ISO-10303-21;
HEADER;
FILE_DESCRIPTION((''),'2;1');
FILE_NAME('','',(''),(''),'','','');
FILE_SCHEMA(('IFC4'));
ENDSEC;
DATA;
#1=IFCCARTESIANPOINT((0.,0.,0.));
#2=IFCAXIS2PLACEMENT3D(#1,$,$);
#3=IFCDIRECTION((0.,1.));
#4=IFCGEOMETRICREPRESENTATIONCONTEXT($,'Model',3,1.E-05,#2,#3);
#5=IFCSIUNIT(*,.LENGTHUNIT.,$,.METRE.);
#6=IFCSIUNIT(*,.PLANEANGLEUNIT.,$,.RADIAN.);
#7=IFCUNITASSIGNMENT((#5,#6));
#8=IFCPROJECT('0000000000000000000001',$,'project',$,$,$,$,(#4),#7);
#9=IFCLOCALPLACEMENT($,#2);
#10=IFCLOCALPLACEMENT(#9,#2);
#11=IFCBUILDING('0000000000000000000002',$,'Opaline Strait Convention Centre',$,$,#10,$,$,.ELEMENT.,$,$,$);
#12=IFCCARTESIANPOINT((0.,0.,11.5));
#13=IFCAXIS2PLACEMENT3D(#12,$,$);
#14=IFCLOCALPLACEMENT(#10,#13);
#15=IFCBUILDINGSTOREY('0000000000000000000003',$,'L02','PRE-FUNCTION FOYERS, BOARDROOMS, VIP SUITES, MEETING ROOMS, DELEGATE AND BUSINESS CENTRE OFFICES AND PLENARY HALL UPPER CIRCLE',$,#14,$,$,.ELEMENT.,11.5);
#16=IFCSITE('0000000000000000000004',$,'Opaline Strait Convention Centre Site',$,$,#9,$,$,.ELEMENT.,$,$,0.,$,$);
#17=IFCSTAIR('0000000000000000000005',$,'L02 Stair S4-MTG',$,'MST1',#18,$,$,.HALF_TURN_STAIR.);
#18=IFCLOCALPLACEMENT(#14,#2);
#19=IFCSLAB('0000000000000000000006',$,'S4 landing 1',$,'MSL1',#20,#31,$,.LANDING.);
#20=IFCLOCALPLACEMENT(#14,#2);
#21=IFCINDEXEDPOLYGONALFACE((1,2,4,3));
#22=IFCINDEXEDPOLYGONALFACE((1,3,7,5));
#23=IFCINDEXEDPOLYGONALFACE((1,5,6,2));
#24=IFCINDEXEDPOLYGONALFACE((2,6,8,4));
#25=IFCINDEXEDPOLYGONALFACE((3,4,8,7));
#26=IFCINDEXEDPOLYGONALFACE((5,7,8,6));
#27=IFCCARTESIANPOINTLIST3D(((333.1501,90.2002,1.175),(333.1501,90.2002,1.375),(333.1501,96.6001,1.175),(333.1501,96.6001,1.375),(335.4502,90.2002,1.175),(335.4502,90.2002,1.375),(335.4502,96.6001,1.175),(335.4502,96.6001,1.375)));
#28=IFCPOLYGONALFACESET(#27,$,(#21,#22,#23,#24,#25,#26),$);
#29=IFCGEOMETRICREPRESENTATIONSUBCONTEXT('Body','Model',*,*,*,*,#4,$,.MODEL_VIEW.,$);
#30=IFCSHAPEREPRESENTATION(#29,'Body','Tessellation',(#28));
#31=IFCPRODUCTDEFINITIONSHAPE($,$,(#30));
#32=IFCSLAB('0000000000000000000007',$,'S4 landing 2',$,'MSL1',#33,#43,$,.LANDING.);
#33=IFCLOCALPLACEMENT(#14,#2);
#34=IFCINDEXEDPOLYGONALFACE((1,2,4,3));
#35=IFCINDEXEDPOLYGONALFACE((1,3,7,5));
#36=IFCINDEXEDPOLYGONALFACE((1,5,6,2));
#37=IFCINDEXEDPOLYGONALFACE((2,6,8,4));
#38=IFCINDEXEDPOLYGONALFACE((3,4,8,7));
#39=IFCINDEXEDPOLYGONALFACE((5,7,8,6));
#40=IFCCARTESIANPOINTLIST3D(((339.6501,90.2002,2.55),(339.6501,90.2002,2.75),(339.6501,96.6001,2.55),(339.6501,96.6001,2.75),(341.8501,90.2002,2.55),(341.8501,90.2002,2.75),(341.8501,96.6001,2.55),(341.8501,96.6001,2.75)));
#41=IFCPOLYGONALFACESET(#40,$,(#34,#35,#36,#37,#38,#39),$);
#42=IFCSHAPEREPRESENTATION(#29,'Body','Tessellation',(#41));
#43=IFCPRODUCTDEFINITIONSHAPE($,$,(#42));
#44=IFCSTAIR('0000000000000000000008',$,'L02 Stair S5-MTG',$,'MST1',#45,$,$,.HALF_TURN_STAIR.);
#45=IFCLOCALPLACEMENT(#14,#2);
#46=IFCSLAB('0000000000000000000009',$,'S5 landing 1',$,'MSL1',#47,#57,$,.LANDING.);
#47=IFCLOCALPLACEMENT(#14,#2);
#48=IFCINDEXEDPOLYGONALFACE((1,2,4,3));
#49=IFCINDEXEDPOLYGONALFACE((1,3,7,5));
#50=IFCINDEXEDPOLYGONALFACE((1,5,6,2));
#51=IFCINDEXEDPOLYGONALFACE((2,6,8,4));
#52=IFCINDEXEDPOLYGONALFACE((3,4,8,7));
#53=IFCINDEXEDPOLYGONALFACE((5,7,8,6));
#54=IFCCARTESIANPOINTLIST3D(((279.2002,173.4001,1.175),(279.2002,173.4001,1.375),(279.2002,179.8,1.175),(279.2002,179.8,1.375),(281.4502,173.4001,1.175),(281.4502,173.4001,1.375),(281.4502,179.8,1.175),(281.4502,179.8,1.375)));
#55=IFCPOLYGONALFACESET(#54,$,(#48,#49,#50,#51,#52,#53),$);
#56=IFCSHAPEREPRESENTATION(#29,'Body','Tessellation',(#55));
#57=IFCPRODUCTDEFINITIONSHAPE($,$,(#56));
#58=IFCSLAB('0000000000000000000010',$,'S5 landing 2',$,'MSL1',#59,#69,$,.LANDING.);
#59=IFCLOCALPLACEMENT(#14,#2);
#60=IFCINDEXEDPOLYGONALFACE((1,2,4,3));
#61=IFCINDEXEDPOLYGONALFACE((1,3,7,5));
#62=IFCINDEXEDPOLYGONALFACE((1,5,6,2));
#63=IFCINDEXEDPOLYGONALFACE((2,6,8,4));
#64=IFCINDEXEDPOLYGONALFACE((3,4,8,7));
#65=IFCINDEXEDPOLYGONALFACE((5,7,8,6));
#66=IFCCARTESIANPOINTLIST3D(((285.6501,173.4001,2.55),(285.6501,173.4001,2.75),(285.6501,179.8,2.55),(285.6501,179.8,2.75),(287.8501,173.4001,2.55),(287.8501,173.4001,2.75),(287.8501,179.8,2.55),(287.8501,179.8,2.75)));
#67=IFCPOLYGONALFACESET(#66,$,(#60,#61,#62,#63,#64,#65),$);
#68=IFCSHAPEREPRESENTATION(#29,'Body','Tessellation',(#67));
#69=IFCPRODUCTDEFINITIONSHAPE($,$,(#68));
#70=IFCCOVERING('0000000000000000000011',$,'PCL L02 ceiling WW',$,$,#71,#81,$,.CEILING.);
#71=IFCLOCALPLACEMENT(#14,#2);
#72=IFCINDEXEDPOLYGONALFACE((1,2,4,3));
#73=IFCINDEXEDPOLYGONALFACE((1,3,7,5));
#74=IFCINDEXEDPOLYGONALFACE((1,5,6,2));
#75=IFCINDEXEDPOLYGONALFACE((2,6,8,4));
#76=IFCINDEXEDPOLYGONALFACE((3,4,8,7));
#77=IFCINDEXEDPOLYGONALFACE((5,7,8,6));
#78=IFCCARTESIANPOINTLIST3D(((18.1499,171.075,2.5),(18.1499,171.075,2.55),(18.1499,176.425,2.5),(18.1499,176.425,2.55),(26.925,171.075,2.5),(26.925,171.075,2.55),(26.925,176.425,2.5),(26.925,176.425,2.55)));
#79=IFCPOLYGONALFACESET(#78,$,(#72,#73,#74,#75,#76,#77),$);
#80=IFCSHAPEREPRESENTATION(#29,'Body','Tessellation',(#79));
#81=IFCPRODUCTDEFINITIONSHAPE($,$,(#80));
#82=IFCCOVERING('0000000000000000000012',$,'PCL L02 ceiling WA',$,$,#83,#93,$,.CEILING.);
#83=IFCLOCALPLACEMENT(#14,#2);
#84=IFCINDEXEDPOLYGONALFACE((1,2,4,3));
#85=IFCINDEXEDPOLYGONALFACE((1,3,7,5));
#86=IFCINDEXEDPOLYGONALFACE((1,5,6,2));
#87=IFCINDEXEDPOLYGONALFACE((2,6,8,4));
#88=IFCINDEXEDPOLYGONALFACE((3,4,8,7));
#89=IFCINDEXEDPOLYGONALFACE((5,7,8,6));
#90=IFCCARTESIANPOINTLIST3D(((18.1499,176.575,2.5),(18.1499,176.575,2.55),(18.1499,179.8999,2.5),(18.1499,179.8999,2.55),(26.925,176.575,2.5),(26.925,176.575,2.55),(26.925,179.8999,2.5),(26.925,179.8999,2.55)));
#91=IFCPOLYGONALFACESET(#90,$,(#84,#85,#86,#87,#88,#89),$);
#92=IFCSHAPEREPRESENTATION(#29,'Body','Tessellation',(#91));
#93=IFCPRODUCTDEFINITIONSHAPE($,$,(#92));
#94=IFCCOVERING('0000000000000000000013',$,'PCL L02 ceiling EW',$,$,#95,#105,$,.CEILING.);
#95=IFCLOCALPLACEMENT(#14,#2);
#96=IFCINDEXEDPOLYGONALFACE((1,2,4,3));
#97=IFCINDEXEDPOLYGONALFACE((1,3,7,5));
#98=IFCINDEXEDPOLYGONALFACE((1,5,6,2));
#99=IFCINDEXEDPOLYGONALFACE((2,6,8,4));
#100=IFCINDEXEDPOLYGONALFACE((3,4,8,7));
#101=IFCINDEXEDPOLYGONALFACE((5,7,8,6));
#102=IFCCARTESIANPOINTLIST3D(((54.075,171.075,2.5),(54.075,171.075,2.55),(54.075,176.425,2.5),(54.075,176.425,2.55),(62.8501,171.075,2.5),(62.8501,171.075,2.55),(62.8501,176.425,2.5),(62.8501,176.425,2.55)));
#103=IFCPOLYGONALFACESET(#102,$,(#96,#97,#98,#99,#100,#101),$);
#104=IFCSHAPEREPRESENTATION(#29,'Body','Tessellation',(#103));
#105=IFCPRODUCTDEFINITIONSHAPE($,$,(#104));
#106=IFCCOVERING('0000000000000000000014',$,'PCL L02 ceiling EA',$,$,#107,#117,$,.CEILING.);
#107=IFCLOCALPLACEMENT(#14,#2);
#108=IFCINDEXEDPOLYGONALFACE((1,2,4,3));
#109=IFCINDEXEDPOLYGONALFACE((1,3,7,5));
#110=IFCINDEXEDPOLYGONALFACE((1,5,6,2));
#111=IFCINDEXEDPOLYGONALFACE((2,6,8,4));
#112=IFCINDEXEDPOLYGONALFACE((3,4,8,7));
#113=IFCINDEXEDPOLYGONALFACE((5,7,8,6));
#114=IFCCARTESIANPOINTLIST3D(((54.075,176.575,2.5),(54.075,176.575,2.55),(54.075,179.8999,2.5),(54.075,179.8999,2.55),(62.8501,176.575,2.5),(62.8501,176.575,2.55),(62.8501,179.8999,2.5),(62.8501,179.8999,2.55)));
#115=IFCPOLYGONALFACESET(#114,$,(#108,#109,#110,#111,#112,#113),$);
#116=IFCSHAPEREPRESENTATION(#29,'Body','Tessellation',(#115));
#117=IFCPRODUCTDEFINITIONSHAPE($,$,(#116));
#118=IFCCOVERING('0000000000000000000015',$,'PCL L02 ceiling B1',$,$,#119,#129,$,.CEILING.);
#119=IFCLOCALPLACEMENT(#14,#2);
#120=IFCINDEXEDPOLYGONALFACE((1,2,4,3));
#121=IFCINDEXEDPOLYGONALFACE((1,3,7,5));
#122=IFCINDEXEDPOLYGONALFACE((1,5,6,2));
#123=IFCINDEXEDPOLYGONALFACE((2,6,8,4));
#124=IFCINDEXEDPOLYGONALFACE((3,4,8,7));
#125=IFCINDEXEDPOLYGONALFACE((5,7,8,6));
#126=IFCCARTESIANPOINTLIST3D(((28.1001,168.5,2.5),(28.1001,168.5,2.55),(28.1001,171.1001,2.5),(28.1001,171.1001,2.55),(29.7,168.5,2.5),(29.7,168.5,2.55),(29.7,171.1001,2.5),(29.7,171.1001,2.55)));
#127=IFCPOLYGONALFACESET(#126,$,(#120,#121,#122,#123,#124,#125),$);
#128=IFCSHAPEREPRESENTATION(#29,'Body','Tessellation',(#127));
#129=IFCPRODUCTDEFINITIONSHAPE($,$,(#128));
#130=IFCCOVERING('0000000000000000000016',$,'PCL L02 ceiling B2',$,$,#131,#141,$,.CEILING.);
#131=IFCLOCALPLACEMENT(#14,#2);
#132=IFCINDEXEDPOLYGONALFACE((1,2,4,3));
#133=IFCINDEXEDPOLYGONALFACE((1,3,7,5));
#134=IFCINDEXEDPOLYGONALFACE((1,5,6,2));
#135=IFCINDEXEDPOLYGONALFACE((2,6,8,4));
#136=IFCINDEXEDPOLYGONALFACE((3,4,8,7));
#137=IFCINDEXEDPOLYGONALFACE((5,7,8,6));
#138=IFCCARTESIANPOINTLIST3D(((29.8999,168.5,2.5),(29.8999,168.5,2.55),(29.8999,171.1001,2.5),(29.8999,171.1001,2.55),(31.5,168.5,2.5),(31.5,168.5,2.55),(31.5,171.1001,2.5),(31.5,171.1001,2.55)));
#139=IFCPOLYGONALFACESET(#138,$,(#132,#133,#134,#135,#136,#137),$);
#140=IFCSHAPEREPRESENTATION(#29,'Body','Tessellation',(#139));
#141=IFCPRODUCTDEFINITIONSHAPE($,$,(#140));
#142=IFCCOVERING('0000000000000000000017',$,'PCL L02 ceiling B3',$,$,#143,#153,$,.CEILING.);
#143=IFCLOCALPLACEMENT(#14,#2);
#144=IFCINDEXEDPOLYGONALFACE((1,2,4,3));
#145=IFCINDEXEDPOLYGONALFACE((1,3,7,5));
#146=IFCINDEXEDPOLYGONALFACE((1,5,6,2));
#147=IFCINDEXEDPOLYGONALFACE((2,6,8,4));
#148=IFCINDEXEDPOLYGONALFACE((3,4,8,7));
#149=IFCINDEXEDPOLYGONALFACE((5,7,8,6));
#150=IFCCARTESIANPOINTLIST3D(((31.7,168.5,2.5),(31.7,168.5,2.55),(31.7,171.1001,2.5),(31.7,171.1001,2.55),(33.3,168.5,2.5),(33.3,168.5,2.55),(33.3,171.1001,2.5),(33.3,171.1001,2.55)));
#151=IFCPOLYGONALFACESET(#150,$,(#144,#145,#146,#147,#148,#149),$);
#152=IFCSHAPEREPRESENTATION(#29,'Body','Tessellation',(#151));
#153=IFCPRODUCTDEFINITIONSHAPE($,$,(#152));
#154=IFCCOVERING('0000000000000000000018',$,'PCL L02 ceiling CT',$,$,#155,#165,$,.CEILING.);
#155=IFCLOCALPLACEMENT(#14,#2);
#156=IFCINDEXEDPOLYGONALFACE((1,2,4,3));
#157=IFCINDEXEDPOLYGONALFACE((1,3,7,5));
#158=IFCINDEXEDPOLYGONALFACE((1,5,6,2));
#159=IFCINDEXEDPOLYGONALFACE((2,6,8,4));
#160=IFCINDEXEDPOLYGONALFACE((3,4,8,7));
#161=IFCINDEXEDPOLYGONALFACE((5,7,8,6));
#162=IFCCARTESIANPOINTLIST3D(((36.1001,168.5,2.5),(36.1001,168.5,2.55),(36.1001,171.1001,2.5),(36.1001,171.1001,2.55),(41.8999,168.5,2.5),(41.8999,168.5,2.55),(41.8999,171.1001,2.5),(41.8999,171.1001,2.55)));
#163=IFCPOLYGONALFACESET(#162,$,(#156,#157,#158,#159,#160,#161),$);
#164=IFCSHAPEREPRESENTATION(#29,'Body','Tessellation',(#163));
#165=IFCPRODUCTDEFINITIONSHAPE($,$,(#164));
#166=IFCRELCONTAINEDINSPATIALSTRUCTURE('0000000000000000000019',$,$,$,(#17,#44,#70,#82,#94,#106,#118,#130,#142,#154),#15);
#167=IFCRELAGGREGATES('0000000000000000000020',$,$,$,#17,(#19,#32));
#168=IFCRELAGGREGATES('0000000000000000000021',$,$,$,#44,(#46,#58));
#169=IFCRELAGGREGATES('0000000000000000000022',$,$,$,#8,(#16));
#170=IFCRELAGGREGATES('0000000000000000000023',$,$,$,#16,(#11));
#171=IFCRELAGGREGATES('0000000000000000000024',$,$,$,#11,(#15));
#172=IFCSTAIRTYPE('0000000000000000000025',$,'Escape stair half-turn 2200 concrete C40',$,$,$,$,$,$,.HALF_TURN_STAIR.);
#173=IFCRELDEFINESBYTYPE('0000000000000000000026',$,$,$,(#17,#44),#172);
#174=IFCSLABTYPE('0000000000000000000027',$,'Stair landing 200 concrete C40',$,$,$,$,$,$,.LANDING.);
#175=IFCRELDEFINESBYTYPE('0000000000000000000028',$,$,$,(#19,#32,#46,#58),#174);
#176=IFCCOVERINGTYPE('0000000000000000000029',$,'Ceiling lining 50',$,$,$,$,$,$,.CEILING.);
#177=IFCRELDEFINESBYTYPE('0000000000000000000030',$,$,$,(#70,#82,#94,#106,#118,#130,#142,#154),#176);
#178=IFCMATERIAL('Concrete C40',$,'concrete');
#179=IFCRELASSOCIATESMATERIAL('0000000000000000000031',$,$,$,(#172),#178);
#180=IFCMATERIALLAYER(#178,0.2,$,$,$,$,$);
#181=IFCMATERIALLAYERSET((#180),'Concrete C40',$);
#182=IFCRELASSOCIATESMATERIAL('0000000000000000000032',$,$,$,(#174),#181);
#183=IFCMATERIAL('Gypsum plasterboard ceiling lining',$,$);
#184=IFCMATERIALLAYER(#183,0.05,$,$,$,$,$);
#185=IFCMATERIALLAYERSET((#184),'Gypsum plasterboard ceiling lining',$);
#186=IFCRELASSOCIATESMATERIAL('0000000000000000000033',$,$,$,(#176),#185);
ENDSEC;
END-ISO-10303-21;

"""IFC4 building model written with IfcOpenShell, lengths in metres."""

from ifc_helpers import new_model, si_unit, direction, frame, origin, place, context, subcontext, project, spatial, polyline, outline, extrude, material, layer, layer_set, type_object, element, aggregate, save


model = new_model("IFC4")

# Units and contexts
model_context = context("Model", 3, precision=1e-05, world=origin(), true_north=direction((0.0, 1.0)))
body_context = subcontext(model_context, "Body", "Model", "MODEL_VIEW")
ifc_project = project(units=[si_unit("LENGTHUNIT", "METRE"), si_unit("PLANEANGLEUNIT", "RADIAN")], contexts=[model_context])

# Site, building, storey
site_placement = place(None, origin())
site = spatial("IfcSite", under=ifc_project, at=site_placement, Name="Opaline Strait Convention Centre Site", CompositionType="ELEMENT", RefElevation=0.0)
building_placement = place(site_placement, origin())
building = spatial("IfcBuilding", under=site, at=building_placement, Name="Opaline Strait Convention Centre", CompositionType="ELEMENT")
storey_placement = place(building_placement, frame((0.0, 0.0, 11.5)))
storey = spatial("IfcBuildingStorey", under=building, at=storey_placement, Name="L02", Description="PRE-FUNCTION FOYERS, BOARDROOMS, VIP SUITES, MEETING ROOMS, DELEGATE AND BUSINESS CENTRE OFFICES AND PLENARY HALL UPPER CIRCLE", CompositionType="ELEMENT", Elevation=11.5)

# Stairs, slabs
ifc_material_1 = material(Name="Concrete C40", Category="concrete")
stair_type = type_object("IfcStairType", Name="Escape stair half-turn 2200 concrete C40", PredefinedType="HALF_TURN_STAIR", material=ifc_material_1)
ifc_layer_1 = layer(ifc_material_1, 0.2)
ifc_layer_set_1 = layer_set([ifc_layer_1], Name="Concrete C40")
slab_type_1 = type_object("IfcSlabType", Name="Stair landing 200 concrete C40", PredefinedType="LANDING", material=ifc_layer_set_1)
stair_1_placement = place(storey_placement, origin())
stair_1 = element("IfcStair", 1, at=stair_1_placement, inside=storey, type_object=stair_type, Name="L02 Stair S4-MTG", ObjectType="MST1", PredefinedType="HALF_TURN_STAIR")
slab_1_placement = place(storey_placement, frame((0.0, 0.0, 1.175)))
slab_1 = element("IfcSlab", 2, at=slab_1_placement, type_object=slab_type_1, Name="S4 landing 1", ObjectType="MSL1", PredefinedType="LANDING", context=body_context, shape_type="SweptSolid", body=[
    extrude(outline(polyline([(335.4502, 96.6001), (333.1501, 96.6001), (333.1501, 90.2002), (335.4502, 90.2002), (335.4502, 96.6001)])), origin(), (0.0, 0.0, 1.0), 0.2),
])
slab_2_placement = place(storey_placement, frame((0.0, 0.0, 2.55)))
slab_2 = element("IfcSlab", 3, at=slab_2_placement, type_object=slab_type_1, Name="S4 landing 2", ObjectType="MSL1", PredefinedType="LANDING", context=body_context, shape_type="SweptSolid", body=[
    extrude(outline(polyline([(341.8501, 96.6001), (339.6501, 96.6001), (339.6501, 90.2002), (341.8501, 90.2002), (341.8501, 96.6001)])), origin(), (0.0, 0.0, 1.0), 0.2),
])
aggregate(stair_1, [slab_1, slab_2])
stair_2_placement = place(storey_placement, origin())
stair_2 = element("IfcStair", 4, at=stair_2_placement, inside=storey, type_object=stair_type, Name="L02 Stair S5-MTG", ObjectType="MST1", PredefinedType="HALF_TURN_STAIR")
slab_3_placement = place(storey_placement, frame((0.0, 0.0, 1.175)))
slab_3 = element("IfcSlab", 5, at=slab_3_placement, type_object=slab_type_1, Name="S5 landing 1", ObjectType="MSL1", PredefinedType="LANDING", context=body_context, shape_type="SweptSolid", body=[
    extrude(outline(polyline([(281.4502, 179.8), (279.2002, 179.8), (279.2002, 173.4001), (281.4502, 173.4001), (281.4502, 179.8)])), origin(), (0.0, 0.0, 1.0), 0.2),
])
slab_4_placement = place(storey_placement, frame((0.0, 0.0, 2.55)))
slab_4 = element("IfcSlab", 6, at=slab_4_placement, type_object=slab_type_1, Name="S5 landing 2", ObjectType="MSL1", PredefinedType="LANDING", context=body_context, shape_type="SweptSolid", body=[
    extrude(outline(polyline([(287.8501, 179.8), (285.6501, 179.8), (285.6501, 173.4001), (287.8501, 173.4001), (287.8501, 179.8)])), origin(), (0.0, 0.0, 1.0), 0.2),
])
aggregate(stair_2, [slab_3, slab_4])

# Coverings
ifc_material_2 = material(Name="Gypsum plasterboard ceiling lining")
ifc_layer_2 = layer(ifc_material_2, 0.05)
ifc_layer_set_2 = layer_set([ifc_layer_2], Name="Gypsum plasterboard ceiling lining")
covering_type = type_object("IfcCoveringType", Name="Ceiling lining 50", PredefinedType="CEILING", material=ifc_layer_set_2)
covering_1_placement = place(storey_placement, frame((0.0, 0.0, 2.5)))
element("IfcCovering", 7, at=covering_1_placement, inside=storey, type_object=covering_type, Name="PCL L02 ceiling WW", PredefinedType="CEILING", context=body_context, shape_type="SweptSolid", body=[
    extrude(outline(polyline([(26.925, 171.075), (26.925, 176.425), (18.1499, 176.425), (18.1499, 171.075), (26.925, 171.075)])), origin(), (0.0, 0.0, 1.0), 0.05),
])
covering_2_placement = place(storey_placement, frame((0.0, 0.0, 2.5)))
element("IfcCovering", 8, at=covering_2_placement, inside=storey, type_object=covering_type, Name="PCL L02 ceiling WA", PredefinedType="CEILING", context=body_context, shape_type="SweptSolid", body=[
    extrude(outline(polyline([(26.925, 176.575), (26.925, 179.8999), (18.1499, 179.8999), (18.1499, 176.575), (26.925, 176.575)])), origin(), (0.0, 0.0, 1.0), 0.05),
])
covering_3_placement = place(storey_placement, frame((0.0, 0.0, 2.5)))
element("IfcCovering", 9, at=covering_3_placement, inside=storey, type_object=covering_type, Name="PCL L02 ceiling EW", PredefinedType="CEILING", context=body_context, shape_type="SweptSolid", body=[
    extrude(outline(polyline([(62.8501, 171.075), (62.8501, 176.425), (54.075, 176.425), (54.075, 171.075), (62.8501, 171.075)])), origin(), (0.0, 0.0, 1.0), 0.05),
])
covering_4_placement = place(storey_placement, frame((0.0, 0.0, 2.5)))
element("IfcCovering", 10, at=covering_4_placement, inside=storey, type_object=covering_type, Name="PCL L02 ceiling EA", PredefinedType="CEILING", context=body_context, shape_type="SweptSolid", body=[
    extrude(outline(polyline([(62.8501, 176.575), (62.8501, 179.8999), (54.075, 179.8999), (54.075, 176.575), (62.8501, 176.575)])), origin(), (0.0, 0.0, 1.0), 0.05),
])
covering_5_placement = place(storey_placement, frame((0.0, 0.0, 2.5)))
element("IfcCovering", 11, at=covering_5_placement, inside=storey, type_object=covering_type, Name="PCL L02 ceiling B1", PredefinedType="CEILING", context=body_context, shape_type="SweptSolid", body=[
    extrude(outline(polyline([(29.7, 168.5), (29.7, 171.1001), (28.1001, 171.1001), (28.1001, 168.5), (29.7, 168.5)])), origin(), (0.0, 0.0, 1.0), 0.05),
])
covering_6_placement = place(storey_placement, frame((0.0, 0.0, 2.5)))
element("IfcCovering", 12, at=covering_6_placement, inside=storey, type_object=covering_type, Name="PCL L02 ceiling B2", PredefinedType="CEILING", context=body_context, shape_type="SweptSolid", body=[
    extrude(outline(polyline([(31.5, 168.5), (31.5, 171.1001), (29.8999, 171.1001), (29.8999, 168.5), (31.5, 168.5)])), origin(), (0.0, 0.0, 1.0), 0.05),
])
covering_7_placement = place(storey_placement, frame((0.0, 0.0, 2.5)))
element("IfcCovering", 13, at=covering_7_placement, inside=storey, type_object=covering_type, Name="PCL L02 ceiling B3", PredefinedType="CEILING", context=body_context, shape_type="SweptSolid", body=[
    extrude(outline(polyline([(33.3, 168.5), (33.3, 171.1001), (31.7, 171.1001), (31.7, 168.5), (33.3, 168.5)])), origin(), (0.0, 0.0, 1.0), 0.05),
])
covering_8_placement = place(storey_placement, frame((0.0, 0.0, 2.5)))
element("IfcCovering", 14, at=covering_8_placement, inside=storey, type_object=covering_type, Name="PCL L02 ceiling CT", PredefinedType="CEILING", context=body_context, shape_type="SweptSolid", body=[
    extrude(outline(polyline([(41.8999, 168.5), (41.8999, 171.1001), (36.1001, 171.1001), (36.1001, 168.5), (41.8999, 168.5)])), origin(), (0.0, 0.0, 1.0), 0.05),
])

save(model, "model.ifc")
